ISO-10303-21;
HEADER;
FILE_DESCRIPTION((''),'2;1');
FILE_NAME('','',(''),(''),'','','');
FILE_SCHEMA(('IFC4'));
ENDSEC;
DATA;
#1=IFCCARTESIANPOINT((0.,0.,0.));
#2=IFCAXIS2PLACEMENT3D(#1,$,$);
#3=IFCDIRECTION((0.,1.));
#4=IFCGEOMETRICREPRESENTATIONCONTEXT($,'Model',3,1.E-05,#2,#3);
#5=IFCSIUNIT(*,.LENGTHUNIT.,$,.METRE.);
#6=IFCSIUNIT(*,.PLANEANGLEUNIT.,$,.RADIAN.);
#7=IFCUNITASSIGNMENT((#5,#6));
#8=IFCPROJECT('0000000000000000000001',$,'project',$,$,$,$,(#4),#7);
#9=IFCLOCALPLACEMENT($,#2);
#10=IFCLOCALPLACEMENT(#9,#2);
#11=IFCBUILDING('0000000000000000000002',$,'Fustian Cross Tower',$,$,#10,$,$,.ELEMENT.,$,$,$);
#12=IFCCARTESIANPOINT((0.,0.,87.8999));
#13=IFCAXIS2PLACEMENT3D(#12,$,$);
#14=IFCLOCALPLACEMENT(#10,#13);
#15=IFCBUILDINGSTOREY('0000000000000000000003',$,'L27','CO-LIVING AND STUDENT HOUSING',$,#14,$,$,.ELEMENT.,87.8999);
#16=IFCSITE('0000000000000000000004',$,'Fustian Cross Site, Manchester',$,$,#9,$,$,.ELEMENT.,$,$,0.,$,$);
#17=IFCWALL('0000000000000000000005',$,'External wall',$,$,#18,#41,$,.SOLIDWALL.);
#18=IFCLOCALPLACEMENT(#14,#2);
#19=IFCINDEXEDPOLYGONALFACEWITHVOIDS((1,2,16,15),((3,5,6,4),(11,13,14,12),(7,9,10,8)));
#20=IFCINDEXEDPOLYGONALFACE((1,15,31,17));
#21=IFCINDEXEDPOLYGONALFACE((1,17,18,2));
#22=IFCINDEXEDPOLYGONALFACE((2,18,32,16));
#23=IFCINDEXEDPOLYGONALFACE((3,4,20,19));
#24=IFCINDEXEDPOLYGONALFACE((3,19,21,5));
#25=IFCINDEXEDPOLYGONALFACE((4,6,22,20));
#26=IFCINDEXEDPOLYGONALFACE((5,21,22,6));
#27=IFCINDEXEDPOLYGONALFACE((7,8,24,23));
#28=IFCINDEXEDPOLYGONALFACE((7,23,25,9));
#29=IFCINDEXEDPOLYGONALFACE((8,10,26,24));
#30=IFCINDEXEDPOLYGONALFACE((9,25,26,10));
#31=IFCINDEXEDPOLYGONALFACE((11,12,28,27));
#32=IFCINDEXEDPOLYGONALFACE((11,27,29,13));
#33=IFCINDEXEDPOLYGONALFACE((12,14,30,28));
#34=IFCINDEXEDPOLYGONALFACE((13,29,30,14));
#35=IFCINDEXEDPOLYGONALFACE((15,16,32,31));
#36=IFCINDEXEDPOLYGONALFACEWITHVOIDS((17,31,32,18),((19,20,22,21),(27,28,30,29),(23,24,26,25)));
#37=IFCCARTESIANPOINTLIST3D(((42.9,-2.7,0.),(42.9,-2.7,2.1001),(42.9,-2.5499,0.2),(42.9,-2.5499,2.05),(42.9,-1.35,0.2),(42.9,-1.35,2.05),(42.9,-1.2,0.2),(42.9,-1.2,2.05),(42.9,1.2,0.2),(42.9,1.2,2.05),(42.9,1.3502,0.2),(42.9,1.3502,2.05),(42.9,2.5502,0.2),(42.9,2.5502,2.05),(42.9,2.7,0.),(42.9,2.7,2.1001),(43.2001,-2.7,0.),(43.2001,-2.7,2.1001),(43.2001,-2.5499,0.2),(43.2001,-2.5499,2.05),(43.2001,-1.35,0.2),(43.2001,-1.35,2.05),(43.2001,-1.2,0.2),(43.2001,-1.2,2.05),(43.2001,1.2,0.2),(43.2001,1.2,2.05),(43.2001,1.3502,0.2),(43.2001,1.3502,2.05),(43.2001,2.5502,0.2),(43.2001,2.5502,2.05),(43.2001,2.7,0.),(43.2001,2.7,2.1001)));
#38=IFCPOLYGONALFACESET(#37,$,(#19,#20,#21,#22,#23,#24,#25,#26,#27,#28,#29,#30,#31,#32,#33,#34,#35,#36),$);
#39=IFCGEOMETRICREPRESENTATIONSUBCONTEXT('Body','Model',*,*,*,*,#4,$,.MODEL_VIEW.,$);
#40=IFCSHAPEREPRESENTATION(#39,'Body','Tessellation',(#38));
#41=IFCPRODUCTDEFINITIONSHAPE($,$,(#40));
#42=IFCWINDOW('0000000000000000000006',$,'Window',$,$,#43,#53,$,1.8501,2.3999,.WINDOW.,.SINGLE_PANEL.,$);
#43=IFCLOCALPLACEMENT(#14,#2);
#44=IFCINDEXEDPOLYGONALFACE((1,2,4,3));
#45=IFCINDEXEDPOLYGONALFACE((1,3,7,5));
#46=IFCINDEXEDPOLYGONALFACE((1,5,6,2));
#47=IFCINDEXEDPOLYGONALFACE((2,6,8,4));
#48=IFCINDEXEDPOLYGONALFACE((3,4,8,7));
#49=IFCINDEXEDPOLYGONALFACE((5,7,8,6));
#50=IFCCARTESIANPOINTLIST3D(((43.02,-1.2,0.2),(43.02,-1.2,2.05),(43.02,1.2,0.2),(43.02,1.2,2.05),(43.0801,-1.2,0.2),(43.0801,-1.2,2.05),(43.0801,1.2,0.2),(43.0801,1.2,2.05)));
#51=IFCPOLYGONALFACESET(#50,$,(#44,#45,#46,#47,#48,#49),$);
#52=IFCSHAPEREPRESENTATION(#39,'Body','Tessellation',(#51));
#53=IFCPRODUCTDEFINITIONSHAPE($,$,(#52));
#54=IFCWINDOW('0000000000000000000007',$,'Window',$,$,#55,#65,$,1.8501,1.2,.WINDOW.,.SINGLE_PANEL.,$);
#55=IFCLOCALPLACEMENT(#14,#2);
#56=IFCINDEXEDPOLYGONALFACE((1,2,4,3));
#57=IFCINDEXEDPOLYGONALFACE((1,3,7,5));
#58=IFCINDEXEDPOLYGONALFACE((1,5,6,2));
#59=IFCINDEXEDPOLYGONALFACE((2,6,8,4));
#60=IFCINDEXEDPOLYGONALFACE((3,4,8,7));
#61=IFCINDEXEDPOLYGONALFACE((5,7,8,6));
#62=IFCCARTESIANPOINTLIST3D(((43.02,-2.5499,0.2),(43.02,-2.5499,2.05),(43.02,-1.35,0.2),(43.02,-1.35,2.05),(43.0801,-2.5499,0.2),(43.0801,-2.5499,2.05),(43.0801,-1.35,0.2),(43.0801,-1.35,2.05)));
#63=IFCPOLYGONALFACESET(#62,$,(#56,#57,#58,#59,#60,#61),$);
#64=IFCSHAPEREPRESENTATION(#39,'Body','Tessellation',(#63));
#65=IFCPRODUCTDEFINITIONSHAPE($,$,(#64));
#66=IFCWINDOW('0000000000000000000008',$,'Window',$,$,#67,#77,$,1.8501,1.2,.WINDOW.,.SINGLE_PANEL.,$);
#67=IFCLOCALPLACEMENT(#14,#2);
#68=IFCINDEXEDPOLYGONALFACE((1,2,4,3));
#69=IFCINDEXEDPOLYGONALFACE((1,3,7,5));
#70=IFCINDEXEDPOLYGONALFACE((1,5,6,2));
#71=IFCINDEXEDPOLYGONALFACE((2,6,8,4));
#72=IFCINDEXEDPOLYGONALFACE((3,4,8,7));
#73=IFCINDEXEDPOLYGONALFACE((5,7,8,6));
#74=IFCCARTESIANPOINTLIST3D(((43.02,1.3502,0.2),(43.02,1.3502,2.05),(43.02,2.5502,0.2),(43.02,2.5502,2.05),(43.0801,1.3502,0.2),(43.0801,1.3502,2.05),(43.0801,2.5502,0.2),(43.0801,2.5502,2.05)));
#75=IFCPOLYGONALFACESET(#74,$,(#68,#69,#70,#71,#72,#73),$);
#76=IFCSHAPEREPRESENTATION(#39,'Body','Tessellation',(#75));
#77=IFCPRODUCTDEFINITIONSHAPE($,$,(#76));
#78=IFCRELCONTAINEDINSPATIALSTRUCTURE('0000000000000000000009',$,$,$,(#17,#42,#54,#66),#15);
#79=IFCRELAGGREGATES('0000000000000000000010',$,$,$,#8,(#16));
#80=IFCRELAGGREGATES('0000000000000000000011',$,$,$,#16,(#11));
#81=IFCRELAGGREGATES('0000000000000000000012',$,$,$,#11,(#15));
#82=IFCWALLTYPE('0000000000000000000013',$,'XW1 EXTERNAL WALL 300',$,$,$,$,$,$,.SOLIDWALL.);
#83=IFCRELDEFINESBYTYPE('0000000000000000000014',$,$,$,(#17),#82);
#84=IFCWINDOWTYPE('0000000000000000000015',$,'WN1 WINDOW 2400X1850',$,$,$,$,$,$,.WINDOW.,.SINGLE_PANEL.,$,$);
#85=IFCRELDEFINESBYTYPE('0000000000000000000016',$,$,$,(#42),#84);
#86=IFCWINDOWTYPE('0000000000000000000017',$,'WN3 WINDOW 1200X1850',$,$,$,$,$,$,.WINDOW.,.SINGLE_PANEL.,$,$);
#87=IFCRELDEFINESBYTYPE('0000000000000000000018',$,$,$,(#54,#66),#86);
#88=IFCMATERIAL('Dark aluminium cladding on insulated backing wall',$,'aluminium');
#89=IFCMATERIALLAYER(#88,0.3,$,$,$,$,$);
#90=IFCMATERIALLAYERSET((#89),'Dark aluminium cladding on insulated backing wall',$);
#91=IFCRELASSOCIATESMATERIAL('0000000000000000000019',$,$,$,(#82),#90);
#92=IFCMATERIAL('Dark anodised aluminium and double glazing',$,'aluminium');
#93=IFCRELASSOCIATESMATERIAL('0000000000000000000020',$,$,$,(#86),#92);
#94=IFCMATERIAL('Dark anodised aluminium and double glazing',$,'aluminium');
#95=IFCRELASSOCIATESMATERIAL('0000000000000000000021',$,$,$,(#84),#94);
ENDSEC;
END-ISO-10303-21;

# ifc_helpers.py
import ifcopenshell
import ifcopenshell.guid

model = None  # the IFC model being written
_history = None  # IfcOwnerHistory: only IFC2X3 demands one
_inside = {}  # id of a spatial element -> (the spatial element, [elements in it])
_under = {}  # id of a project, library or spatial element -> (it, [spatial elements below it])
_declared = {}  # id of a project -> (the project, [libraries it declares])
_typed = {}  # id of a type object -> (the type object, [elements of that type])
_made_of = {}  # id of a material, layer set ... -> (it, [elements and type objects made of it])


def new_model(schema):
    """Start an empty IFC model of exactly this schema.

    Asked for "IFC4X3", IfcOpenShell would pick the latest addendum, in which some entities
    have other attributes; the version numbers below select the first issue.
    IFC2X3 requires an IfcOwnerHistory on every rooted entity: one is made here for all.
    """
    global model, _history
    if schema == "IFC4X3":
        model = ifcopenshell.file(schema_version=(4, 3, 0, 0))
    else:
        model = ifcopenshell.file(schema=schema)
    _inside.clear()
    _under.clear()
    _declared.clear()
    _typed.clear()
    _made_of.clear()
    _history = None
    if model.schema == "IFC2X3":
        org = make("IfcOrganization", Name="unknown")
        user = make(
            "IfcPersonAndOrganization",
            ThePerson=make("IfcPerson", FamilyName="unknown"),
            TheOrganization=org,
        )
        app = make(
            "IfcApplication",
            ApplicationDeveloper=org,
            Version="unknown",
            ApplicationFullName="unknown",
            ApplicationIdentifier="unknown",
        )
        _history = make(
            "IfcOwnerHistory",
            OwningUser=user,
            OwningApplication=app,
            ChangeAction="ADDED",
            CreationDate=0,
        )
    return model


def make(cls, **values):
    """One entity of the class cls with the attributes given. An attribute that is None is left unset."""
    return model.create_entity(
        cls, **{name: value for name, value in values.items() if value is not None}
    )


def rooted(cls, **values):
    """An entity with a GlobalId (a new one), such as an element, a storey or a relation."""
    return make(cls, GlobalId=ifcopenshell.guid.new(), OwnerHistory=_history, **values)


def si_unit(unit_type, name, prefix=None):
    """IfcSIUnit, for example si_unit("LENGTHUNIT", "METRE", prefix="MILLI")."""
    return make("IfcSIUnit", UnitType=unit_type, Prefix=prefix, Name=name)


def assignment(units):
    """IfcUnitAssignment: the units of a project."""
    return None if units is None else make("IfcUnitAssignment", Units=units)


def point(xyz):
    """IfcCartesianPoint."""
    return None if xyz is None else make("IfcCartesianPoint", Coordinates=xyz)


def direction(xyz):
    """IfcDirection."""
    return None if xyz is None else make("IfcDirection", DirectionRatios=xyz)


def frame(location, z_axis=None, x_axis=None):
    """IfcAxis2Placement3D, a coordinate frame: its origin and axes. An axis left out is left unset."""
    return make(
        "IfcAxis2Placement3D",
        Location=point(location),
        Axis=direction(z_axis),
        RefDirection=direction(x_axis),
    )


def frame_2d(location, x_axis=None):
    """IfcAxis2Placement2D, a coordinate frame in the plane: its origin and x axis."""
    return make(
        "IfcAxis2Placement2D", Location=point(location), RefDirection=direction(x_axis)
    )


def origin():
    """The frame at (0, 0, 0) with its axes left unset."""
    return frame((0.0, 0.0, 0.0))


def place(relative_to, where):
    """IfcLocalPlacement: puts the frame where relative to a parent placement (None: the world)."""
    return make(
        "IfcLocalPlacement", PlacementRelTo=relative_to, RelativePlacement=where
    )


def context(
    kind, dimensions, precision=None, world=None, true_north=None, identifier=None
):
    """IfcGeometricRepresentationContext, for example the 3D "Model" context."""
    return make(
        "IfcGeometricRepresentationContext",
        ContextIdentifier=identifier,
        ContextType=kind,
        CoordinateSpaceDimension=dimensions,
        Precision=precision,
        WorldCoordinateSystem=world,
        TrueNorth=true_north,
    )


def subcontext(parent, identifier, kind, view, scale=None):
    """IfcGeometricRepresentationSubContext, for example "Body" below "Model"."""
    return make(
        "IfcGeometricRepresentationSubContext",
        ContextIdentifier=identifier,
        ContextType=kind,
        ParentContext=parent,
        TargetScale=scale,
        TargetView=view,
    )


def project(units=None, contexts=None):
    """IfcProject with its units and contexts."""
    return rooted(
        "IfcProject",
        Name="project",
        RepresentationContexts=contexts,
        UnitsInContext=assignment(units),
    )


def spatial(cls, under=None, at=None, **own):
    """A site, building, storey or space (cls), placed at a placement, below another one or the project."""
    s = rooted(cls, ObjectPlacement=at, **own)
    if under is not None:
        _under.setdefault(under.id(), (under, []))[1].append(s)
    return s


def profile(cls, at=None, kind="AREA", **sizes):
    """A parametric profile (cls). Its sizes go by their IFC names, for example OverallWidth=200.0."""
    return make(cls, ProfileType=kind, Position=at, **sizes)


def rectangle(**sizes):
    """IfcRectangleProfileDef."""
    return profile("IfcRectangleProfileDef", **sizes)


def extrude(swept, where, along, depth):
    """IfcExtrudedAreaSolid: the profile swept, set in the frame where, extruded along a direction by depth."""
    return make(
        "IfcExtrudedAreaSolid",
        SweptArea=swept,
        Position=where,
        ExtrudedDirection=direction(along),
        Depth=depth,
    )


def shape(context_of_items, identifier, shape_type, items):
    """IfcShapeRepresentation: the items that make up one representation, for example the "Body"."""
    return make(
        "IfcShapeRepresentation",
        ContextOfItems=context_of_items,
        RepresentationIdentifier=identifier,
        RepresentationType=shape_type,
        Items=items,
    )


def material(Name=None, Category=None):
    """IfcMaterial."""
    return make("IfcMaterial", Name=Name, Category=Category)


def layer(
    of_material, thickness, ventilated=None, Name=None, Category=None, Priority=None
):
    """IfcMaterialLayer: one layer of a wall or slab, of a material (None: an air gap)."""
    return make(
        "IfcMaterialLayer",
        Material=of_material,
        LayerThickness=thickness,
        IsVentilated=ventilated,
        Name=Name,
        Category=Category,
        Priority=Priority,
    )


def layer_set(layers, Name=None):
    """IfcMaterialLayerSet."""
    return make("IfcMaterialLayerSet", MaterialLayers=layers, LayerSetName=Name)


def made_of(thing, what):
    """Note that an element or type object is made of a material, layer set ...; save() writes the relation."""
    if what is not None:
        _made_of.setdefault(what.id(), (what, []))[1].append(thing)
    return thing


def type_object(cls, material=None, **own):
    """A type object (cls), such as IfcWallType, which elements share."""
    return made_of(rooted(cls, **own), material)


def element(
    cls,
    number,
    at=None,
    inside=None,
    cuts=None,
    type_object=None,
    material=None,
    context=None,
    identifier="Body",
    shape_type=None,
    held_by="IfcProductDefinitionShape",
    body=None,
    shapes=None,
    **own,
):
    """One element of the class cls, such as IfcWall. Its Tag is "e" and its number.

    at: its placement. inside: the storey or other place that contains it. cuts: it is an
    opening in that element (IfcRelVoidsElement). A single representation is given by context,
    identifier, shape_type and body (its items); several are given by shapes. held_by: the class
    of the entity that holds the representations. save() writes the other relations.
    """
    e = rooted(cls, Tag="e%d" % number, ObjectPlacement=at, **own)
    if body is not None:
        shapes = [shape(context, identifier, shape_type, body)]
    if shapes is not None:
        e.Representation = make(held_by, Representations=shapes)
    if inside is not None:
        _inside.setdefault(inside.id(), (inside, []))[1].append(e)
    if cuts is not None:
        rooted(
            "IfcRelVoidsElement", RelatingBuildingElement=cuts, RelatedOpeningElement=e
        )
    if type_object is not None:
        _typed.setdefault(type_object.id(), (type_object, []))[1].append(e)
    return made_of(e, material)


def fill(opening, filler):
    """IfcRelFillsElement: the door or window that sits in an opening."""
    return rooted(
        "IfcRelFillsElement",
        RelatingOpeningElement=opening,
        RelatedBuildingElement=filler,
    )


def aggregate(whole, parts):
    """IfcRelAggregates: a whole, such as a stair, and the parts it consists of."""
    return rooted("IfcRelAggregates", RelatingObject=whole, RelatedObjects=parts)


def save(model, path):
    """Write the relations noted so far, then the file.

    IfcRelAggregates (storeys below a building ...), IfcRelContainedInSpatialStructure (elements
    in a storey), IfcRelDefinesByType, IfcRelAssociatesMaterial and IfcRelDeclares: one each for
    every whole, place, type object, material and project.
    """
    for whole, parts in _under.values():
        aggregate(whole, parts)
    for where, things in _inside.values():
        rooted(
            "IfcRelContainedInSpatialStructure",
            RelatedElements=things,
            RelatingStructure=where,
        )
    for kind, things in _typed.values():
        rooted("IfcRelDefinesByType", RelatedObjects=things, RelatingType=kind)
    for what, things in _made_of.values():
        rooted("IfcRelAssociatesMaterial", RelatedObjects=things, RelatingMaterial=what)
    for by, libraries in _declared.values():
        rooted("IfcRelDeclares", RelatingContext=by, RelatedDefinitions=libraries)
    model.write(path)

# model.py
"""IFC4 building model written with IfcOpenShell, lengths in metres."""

from ifc_helpers import new_model, si_unit, direction, frame, frame_2d, origin, place, context, subcontext, project, spatial, rectangle, extrude, material, layer, layer_set, type_object, element, fill, save


model = new_model("IFC4")

# Units and contexts
model_context = context("Model", 3, precision=1e-05, world=origin(), true_north=direction((0.0, 1.0)))
body_context = subcontext(model_context, "Body", "Model", "MODEL_VIEW")
ifc_project = project(units=[si_unit("LENGTHUNIT", "METRE"), si_unit("PLANEANGLEUNIT", "RADIAN")], contexts=[model_context])

# Site, building, storey
site_placement = place(None, origin())
site = spatial("IfcSite", under=ifc_project, at=site_placement, Name="Fustian Cross Site, Manchester", CompositionType="ELEMENT", RefElevation=0.0)
building_placement = place(site_placement, origin())
building = spatial("IfcBuilding", under=site, at=building_placement, Name="Fustian Cross Tower", CompositionType="ELEMENT")
storey_placement = place(building_placement, frame((0.0, 0.0, 87.8999)))
storey = spatial("IfcBuildingStorey", under=building, at=storey_placement, Name="L27", Description="CO-LIVING AND STUDENT HOUSING", CompositionType="ELEMENT", Elevation=87.8999)

# Shared definitions
ifc_material_1 = material(Name="Dark aluminium cladding on insulated backing wall", Category="aluminium")
ifc_layer_1 = layer(ifc_material_1, 0.3)
ifc_layer_set_1 = layer_set([ifc_layer_1], Name="Dark aluminium cladding on insulated backing wall")
wall_type_1 = type_object("IfcWallType", Name="XW1 EXTERNAL WALL 300", PredefinedType="SOLIDWALL", material=ifc_layer_set_1)

# Shared definitions
ifc_material_2 = material(Name="Dark anodised aluminium and double glazing", Category="aluminium")
window_type_1 = type_object("IfcWindowType", Name="WN3 WINDOW 1200X1850", PartitioningType="SINGLE_PANEL", PredefinedType="WINDOW", material=ifc_material_2)

# Wall, openings, windows
wall_1_placement = place(storey_placement, frame((43.05, -2.7, 0.0), z_axis=(0.0, 0.0, 1.0), x_axis=(0.0, 1.0, 0.0)))
wall_1 = element("IfcWall", 1, at=wall_1_placement, inside=storey, type_object=wall_type_1, Name="External wall", PredefinedType="SOLIDWALL", context=body_context, shape_type="SweptSolid", body=[
    extrude(rectangle(XDim=5.3999, YDim=0.3, at=frame_2d((2.7, 0.0))), origin(), (0.0, 0.0, 1.0), 2.1001),
])
opening_1_placement = place(wall_1_placement, frame((1.5, 0.0, 0.2)))
opening_1 = element("IfcOpeningElement", 2, at=opening_1_placement, cuts=wall_1, PredefinedType="OPENING", context=body_context, shape_type="SweptSolid", body=[
    extrude(rectangle(XDim=2.3999, YDim=1.8501, at=frame_2d((1.2, 0.925))), frame((0.0, 0.1599, 0.0), z_axis=(0.0, -1.0, 0.0), x_axis=(1.0, 0.0, 0.0)), (0.0, 0.0, 1.0), 0.3201),
])
opening_2_placement = place(wall_1_placement, frame((0.1499, 0.0, 0.2)))
opening_2 = element("IfcOpeningElement", 3, at=opening_2_placement, cuts=wall_1, PredefinedType="OPENING", context=body_context, shape_type="SweptSolid", body=[
    extrude(rectangle(XDim=1.2, YDim=1.8501, at=frame_2d((0.6001, 0.925))), frame((0.0, 0.1599, 0.0), z_axis=(0.0, -1.0, 0.0), x_axis=(1.0, 0.0, 0.0)), (0.0, 0.0, 1.0), 0.3201),
])
opening_3_placement = place(wall_1_placement, frame((4.05, 0.0, 0.2)))
opening_3 = element("IfcOpeningElement", 4, at=opening_3_placement, cuts=wall_1, PredefinedType="OPENING", context=body_context, shape_type="SweptSolid", body=[
    extrude(rectangle(XDim=1.2, YDim=1.8501, at=frame_2d((0.6001, 0.925))), frame((0.0, 0.1599, 0.0), z_axis=(0.0, -1.0, 0.0), x_axis=(1.0, 0.0, 0.0)), (0.0, 0.0, 1.0), 0.3201),
])
ifc_material_3 = material(Name="Dark anodised aluminium and double glazing", Category="aluminium")
window_type_2 = type_object("IfcWindowType", Name="WN1 WINDOW 2400X1850", PartitioningType="SINGLE_PANEL", PredefinedType="WINDOW", material=ifc_material_3)
window_1_placement = place(opening_1_placement, origin())
window_1 = element("IfcWindow", 5, at=window_1_placement, inside=storey, type_object=window_type_2, Name="Window", OverallHeight=1.8501, OverallWidth=2.3999, PartitioningType="SINGLE_PANEL", PredefinedType="WINDOW", context=body_context, shape_type="SweptSolid", body=[
    extrude(rectangle(XDim=2.3999, YDim=1.8501, at=frame_2d((1.2, 0.925))), frame((0.0, 0.03, 0.0), z_axis=(0.0, -1.0, 0.0), x_axis=(1.0, 0.0, 0.0)), (0.0, 0.0, 1.0), 0.0601),
])
fill(opening_1, window_1)
window_2_placement = place(opening_2_placement, origin())
window_2 = element("IfcWindow", 6, at=window_2_placement, inside=storey, type_object=window_type_1, Name="Window", OverallHeight=1.8501, OverallWidth=1.2, PartitioningType="SINGLE_PANEL", PredefinedType="WINDOW", context=body_context, shape_type="SweptSolid", body=[
    extrude(rectangle(XDim=1.2, YDim=1.8501, at=frame_2d((0.6001, 0.925))), frame((0.0, 0.03, 0.0), z_axis=(0.0, -1.0, 0.0), x_axis=(1.0, 0.0, 0.0)), (0.0, 0.0, 1.0), 0.0601),
])
fill(opening_2, window_2)
window_3_placement = place(opening_3_placement, origin())
window_3 = element("IfcWindow", 7, at=window_3_placement, inside=storey, type_object=window_type_1, Name="Window", OverallHeight=1.8501, OverallWidth=1.2, PartitioningType="SINGLE_PANEL", PredefinedType="WINDOW", context=body_context, shape_type="SweptSolid", body=[
    extrude(rectangle(XDim=1.2, YDim=1.8501, at=frame_2d((0.6001, 0.925))), frame((0.0, 0.03, 0.0), z_axis=(0.0, -1.0, 0.0), x_axis=(1.0, 0.0, 0.0)), (0.0, 0.0, 1.0), 0.0601),
])
fill(opening_3, window_3)

save(model, "model.ifc")
